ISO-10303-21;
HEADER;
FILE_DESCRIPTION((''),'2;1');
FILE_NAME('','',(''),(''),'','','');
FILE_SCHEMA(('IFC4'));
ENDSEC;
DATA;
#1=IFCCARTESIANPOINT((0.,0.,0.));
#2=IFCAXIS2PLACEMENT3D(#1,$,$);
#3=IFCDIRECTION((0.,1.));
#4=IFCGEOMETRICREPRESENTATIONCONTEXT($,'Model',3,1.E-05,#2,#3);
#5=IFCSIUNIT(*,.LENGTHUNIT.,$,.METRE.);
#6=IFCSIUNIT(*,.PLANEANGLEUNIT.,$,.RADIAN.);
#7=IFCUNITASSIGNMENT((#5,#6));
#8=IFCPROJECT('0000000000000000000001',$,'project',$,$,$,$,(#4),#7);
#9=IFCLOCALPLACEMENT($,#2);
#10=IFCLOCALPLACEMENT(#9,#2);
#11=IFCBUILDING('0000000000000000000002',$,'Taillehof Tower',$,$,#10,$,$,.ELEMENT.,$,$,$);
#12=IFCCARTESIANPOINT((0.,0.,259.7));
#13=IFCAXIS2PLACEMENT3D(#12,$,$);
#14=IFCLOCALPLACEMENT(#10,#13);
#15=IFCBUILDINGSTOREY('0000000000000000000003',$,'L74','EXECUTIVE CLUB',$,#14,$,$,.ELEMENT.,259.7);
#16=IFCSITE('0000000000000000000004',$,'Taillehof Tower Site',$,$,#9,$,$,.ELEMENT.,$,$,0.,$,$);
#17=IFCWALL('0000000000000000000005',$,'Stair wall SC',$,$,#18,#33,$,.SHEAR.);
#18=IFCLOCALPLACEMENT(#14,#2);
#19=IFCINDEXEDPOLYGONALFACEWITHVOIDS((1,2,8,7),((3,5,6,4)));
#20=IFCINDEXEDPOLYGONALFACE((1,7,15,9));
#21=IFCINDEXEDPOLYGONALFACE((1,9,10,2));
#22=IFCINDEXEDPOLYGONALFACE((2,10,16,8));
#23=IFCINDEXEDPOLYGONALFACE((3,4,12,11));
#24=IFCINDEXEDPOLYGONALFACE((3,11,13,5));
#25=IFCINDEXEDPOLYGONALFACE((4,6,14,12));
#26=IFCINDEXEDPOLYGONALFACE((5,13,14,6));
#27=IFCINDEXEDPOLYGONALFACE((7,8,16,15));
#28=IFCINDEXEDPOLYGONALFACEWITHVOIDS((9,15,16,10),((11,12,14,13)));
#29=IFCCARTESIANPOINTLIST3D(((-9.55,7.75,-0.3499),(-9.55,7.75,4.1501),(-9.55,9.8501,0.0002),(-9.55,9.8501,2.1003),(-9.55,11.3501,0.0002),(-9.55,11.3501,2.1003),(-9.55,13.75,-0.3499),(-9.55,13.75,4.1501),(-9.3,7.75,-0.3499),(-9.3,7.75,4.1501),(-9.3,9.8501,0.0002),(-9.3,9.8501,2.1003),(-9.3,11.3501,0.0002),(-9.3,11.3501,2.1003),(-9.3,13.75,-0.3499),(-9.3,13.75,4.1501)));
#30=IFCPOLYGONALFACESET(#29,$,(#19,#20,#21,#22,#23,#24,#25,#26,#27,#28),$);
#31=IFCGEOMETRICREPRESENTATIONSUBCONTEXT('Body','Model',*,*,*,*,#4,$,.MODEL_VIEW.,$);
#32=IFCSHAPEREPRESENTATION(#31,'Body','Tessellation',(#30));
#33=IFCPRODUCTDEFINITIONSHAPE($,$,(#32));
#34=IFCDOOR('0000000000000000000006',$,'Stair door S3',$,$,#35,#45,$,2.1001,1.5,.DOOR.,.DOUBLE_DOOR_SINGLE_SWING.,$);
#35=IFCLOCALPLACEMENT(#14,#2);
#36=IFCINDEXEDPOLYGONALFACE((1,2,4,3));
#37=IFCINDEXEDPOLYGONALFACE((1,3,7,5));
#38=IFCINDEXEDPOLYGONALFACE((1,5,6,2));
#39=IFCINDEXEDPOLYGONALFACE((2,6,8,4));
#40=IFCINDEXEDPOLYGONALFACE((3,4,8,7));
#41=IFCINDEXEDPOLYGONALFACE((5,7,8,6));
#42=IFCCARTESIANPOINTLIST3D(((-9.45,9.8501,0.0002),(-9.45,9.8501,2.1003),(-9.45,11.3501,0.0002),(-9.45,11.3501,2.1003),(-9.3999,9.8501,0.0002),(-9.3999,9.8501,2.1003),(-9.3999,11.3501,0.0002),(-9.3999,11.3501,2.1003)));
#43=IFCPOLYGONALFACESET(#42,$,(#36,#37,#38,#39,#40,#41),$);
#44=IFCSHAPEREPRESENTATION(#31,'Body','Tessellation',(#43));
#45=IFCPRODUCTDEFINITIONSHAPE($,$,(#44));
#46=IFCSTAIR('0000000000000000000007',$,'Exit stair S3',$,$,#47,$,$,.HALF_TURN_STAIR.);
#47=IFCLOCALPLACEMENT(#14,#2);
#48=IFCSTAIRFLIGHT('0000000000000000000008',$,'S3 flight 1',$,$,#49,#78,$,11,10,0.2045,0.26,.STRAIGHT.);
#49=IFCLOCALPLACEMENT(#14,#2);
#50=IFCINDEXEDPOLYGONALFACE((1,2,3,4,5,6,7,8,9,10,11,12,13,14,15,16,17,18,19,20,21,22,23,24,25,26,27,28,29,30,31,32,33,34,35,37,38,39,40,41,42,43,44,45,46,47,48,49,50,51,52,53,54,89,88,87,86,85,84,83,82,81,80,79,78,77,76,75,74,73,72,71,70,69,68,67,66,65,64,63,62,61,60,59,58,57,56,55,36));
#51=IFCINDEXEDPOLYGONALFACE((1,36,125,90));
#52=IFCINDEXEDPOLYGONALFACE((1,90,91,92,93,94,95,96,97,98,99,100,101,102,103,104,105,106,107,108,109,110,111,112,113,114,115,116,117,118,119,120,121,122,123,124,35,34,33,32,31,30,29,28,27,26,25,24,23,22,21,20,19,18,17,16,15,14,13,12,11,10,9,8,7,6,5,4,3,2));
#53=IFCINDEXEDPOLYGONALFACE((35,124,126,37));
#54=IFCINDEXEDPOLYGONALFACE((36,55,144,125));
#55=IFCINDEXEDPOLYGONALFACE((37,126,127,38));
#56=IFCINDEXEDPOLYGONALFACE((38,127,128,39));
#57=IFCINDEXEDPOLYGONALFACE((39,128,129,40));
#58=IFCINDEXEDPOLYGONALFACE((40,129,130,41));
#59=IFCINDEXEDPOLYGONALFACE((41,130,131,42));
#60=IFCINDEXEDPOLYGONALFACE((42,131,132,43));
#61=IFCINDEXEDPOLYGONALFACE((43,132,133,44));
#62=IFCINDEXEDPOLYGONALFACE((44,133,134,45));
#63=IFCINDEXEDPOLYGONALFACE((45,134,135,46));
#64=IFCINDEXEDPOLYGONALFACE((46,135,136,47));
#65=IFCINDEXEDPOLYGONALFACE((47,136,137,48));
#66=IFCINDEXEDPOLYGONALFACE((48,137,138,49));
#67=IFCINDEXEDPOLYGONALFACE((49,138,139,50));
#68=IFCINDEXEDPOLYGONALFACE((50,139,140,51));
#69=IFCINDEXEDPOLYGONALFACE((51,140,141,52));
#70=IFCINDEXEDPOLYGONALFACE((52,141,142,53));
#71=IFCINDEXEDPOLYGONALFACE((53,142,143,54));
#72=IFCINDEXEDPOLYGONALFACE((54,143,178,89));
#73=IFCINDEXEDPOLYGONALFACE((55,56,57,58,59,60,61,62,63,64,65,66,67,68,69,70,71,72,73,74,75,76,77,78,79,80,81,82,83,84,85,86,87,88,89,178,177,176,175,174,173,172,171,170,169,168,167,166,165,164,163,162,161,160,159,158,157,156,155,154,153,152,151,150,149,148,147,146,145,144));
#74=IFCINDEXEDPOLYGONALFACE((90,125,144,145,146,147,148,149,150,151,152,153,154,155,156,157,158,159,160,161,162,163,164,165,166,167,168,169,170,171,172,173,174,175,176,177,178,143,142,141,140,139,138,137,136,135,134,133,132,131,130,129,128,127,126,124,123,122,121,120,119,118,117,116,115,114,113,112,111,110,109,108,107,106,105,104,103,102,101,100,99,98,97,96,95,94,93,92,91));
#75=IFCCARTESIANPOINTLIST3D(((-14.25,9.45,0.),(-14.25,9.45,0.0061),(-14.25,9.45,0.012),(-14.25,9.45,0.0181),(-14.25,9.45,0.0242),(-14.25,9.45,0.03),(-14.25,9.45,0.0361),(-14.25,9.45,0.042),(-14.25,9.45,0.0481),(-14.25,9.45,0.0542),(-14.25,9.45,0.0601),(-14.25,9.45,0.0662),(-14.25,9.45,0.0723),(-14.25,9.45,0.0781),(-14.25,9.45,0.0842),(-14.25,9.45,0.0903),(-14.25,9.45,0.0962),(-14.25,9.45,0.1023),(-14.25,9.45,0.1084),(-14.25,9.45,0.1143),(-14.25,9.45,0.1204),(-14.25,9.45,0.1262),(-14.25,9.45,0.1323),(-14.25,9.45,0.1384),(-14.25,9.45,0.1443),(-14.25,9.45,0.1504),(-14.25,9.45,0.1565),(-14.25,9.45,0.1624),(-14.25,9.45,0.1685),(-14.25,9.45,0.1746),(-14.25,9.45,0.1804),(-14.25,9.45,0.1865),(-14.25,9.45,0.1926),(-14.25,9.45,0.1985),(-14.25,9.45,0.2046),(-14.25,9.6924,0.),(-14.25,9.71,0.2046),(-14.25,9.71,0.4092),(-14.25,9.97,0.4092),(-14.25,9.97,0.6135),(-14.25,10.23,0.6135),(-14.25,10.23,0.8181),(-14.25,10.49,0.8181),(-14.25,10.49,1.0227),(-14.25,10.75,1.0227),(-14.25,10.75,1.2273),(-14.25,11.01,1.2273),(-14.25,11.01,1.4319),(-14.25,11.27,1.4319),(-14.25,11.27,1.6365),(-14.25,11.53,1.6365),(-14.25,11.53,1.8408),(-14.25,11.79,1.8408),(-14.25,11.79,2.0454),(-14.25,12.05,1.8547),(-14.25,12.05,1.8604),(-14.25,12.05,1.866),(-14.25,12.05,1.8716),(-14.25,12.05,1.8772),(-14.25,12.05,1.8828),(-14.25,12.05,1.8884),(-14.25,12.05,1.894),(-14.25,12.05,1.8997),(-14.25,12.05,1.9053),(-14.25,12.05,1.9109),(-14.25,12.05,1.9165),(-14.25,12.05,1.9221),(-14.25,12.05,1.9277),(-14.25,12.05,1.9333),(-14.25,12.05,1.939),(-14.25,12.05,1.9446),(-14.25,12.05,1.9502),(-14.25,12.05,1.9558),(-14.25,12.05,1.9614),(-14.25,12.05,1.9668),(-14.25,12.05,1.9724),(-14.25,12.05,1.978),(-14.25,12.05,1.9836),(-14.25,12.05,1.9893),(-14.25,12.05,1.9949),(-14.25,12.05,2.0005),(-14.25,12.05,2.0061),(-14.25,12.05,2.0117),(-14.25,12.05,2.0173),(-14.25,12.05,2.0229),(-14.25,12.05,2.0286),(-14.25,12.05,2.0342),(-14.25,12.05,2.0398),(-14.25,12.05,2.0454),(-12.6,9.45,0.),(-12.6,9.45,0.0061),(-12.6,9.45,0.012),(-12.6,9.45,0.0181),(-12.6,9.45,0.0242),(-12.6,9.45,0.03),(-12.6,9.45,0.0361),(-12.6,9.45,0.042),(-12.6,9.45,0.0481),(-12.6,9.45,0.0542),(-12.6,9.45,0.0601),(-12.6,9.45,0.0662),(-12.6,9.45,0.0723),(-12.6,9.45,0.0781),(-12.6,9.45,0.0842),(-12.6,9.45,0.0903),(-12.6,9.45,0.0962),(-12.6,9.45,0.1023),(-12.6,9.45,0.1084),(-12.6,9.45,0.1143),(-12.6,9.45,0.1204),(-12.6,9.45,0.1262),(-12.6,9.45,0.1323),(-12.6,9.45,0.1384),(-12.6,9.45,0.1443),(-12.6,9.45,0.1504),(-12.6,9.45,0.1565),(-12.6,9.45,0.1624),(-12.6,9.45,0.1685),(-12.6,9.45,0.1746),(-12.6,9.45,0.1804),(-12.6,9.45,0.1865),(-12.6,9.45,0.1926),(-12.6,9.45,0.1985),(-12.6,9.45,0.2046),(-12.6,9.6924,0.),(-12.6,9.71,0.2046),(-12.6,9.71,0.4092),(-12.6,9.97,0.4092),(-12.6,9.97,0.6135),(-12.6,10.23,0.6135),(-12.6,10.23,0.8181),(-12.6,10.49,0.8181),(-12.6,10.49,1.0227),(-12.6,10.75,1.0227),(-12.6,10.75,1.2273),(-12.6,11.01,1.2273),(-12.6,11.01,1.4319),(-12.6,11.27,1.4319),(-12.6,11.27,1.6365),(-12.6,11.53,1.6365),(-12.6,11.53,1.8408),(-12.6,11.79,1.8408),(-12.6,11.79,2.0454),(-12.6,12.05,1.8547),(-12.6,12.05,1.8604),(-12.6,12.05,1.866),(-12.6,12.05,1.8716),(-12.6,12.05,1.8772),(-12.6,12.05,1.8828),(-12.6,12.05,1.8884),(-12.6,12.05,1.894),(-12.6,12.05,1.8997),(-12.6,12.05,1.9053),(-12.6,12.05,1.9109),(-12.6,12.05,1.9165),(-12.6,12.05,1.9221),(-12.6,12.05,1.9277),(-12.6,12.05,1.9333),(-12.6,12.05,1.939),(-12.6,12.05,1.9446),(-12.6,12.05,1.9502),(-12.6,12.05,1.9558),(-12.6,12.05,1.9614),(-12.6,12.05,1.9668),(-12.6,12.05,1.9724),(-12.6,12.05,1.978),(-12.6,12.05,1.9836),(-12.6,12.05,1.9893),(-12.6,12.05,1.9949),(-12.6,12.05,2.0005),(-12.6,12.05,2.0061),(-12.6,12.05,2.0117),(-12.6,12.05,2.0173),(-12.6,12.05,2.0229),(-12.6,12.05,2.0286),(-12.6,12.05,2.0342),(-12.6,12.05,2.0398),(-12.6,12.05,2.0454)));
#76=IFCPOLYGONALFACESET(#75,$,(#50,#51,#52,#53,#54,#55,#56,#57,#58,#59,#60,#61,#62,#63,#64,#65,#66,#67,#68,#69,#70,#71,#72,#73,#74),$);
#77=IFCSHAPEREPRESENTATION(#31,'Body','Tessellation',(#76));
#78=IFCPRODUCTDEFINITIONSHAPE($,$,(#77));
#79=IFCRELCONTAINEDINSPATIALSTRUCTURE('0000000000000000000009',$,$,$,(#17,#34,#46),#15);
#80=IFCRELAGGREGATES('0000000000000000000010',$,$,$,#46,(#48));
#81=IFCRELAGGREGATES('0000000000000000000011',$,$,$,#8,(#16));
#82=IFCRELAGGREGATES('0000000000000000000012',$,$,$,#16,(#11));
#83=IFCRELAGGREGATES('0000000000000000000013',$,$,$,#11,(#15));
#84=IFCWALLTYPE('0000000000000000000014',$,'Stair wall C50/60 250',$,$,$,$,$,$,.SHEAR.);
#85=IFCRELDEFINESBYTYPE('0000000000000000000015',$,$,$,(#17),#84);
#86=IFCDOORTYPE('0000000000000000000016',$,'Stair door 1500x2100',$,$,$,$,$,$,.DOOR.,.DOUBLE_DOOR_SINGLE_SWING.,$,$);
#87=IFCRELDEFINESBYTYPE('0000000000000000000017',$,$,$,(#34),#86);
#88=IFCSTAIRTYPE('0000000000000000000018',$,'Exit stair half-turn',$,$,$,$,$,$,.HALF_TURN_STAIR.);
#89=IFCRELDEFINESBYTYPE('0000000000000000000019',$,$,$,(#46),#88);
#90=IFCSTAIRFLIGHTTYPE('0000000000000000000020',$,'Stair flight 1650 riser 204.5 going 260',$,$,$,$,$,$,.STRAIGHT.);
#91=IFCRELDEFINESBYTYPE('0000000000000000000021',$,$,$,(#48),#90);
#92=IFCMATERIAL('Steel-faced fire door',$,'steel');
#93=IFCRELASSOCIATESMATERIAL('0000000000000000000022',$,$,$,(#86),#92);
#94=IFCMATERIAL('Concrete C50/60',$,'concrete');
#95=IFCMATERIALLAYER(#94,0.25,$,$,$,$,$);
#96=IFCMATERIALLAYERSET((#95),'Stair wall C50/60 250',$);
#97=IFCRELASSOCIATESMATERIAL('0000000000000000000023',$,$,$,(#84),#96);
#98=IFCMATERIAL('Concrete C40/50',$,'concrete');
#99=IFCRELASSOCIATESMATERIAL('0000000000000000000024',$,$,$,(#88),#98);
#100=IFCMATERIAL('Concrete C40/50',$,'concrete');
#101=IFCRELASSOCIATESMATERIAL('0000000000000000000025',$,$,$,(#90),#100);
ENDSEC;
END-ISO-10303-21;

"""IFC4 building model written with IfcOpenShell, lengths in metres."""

from ifc_helpers import new_model, si_unit, direction, frame, frame_2d, origin, place, context, subcontext, project, spatial, polyline, rectangle, outline, extrude, material, layer, layer_set, type_object, element, fill, aggregate, save


model = new_model("IFC4")

# Units and contexts
model_context = context("Model", 3, precision=1e-05, world=origin(), true_north=direction((0.0, 1.0)))
body_context = subcontext(model_context, "Body", "Model", "MODEL_VIEW")
ifc_project = project(units=[si_unit("LENGTHUNIT", "METRE"), si_unit("PLANEANGLEUNIT", "RADIAN")], contexts=[model_context])

# Site, building, storey
site_placement = place(None, origin())
site = spatial("IfcSite", under=ifc_project, at=site_placement, Name="Taillehof Tower Site", CompositionType="ELEMENT", RefElevation=0.0)
building_placement = place(site_placement, origin())
building = spatial("IfcBuilding", under=site, at=building_placement, Name="Taillehof Tower", CompositionType="ELEMENT")
storey_placement = place(building_placement, frame((0.0, 0.0, 259.7)))
storey = spatial("IfcBuildingStorey", under=building, at=storey_placement, Name="L74", Description="EXECUTIVE CLUB", CompositionType="ELEMENT", Elevation=259.7)

# Wall, opening, door
ifc_material_1 = material(Name="Steel-faced fire door", Category="steel")
door_type_1 = type_object("IfcDoorType", Name="Stair door 1500x2100", OperationType="DOUBLE_DOOR_SINGLE_SWING", PredefinedType="DOOR", material=ifc_material_1)
ifc_material_2 = material(Name="Concrete C50/60", Category="concrete")
ifc_layer_1 = layer(ifc_material_2, 0.25)
ifc_layer_set_1 = layer_set([ifc_layer_1], Name="Stair wall C50/60 250")
wall_type_1 = type_object("IfcWallType", Name="Stair wall C50/60 250", PredefinedType="SHEAR", material=ifc_layer_set_1)
wall_1_placement = place(storey_placement, frame((-9.425, 7.75, -0.3499), z_axis=(0.0, 0.0, 1.0), x_axis=(0.0, 1.0, 0.0)))
wall_1 = element("IfcWall", 1, at=wall_1_placement, inside=storey, type_object=wall_type_1, Name="Stair wall SC", PredefinedType="SHEAR", context=body_context, shape_type="SweptSolid", body=[
    extrude(rectangle(XDim=6.0, YDim=0.25, at=frame_2d((3.0, 0.0))), origin(), (0.0, 0.0, 1.0), 4.5),
])
opening_1_placement = place(wall_1_placement, frame((2.1001, 0.0, 0.3501)))
opening_1 = element("IfcOpeningElement", 2, at=opening_1_placement, cuts=wall_1, PredefinedType="OPENING", context=body_context, shape_type="SweptSolid", body=[
    extrude(rectangle(XDim=1.5, YDim=2.1001, at=frame_2d((0.75, 1.05))), frame((0.0, 0.135, 0.0), z_axis=(0.0, -1.0, 0.0), x_axis=(1.0, 0.0, 0.0)), (0.0, 0.0, 1.0), 0.27),
])
door_1_placement = place(opening_1_placement, origin())
door_1 = element("IfcDoor", 3, at=door_1_placement, inside=storey, type_object=door_type_1, Name="Stair door S3", OperationType="DOUBLE_DOOR_SINGLE_SWING", OverallHeight=2.1001, OverallWidth=1.5, PredefinedType="DOOR", context=body_context, shape_type="SweptSolid", body=[
    extrude(rectangle(XDim=1.5, YDim=2.1001, at=frame_2d((0.75, 1.05))), frame((0.0, 0.0249, 0.0), z_axis=(0.0, -1.0, 0.0), x_axis=(1.0, 0.0, 0.0)), (0.0, 0.0, 1.0), 0.05),
])
fill(opening_1, door_1)

# Stair, stair flight
ifc_material_3 = material(Name="Concrete C40/50", Category="concrete")
stair_type = type_object("IfcStairType", Name="Exit stair half-turn", PredefinedType="HALF_TURN_STAIR", material=ifc_material_3)
stair_placement = place(storey_placement, origin())
stair = element("IfcStair", 4, at=stair_placement, inside=storey, type_object=stair_type, Name="Exit stair S3", PredefinedType="HALF_TURN_STAIR")
ifc_material_4 = material(Name="Concrete C40/50", Category="concrete")
stair_flight_type = type_object("IfcStairFlightType", Name="Stair flight 1650 riser 204.5 going 260", PredefinedType="STRAIGHT", material=ifc_material_4)
stair_flight_1_placement = place(storey_placement, frame((-13.425, 9.45, 0.0), z_axis=(0.0, 0.0, 1.0), x_axis=(0.0, 1.0, 0.0)))
stair_flight_1 = element("IfcStairFlight", 5, at=stair_flight_1_placement, type_object=stair_flight_type, Name="S3 flight 1", NumberOfRisers=11, NumberOfTreads=10, PredefinedType="STRAIGHT", RiserHeight=0.2045, TreadLength=0.26, context=body_context, shape_type="SweptSolid", body=[
    extrude(outline(polyline([(0.0, 0.0), (0.0, 0.0061), (0.0, 0.012), (0.0, 0.0181), (0.0, 0.0242), (0.0, 0.03), (0.0, 0.0361), (0.0, 0.042), (0.0, 0.0481), (0.0, 0.0542), (0.0, 0.0601), (0.0, 0.0662), (0.0, 0.0723), (0.0, 0.0781), (0.0, 0.0842), (0.0, 0.0903), (0.0, 0.0962), (0.0, 0.1023), (0.0, 0.1084), (0.0, 0.1143), (0.0, 0.1204), (0.0, 0.1262), (0.0, 0.1323), (0.0, 0.1384), (0.0, 0.1443), (0.0, 0.1504), (0.0, 0.1565), (0.0, 0.1624), (0.0, 0.1685), (0.0, 0.1746), (0.0, 0.1804), (0.0, 0.1865), (0.0, 0.1926), (0.0, 0.1985), (0.0, 0.2046), (0.26, 0.2046), (0.26, 0.4092), (0.52, 0.4092), (0.52, 0.6135), (0.78, 0.6135), (0.78, 0.8181), (1.04, 0.8181), (1.04, 1.0227), (1.3, 1.0227), (1.3, 1.2273), (1.5601, 1.2273), (1.5601, 1.4319), (1.8201, 1.4319), (1.8201, 1.6365), (2.0801, 1.6365), (2.0801, 1.8408), (2.3401, 1.8408), (2.3401, 2.0454), (2.6001, 2.0454), (2.6001, 2.0398), (2.6001, 2.0342), (2.6001, 2.0286), (2.6001, 2.0229), (2.6001, 2.0173), (2.6001, 2.0117), (2.6001, 2.0061), (2.6001, 2.0005), (2.6001, 1.9949), (2.6001, 1.9893), (2.6001, 1.9836), (2.6001, 1.978), (2.6001, 1.9724), (2.6001, 1.9668), (2.6001, 1.9614), (2.6001, 1.9558), (2.6001, 1.9502), (2.6001, 1.9446), (2.6001, 1.939), (2.6001, 1.9333), (2.6001, 1.9277), (2.6001, 1.9221), (2.6001, 1.9165), (2.6001, 1.9109), (2.6001, 1.9053), (2.6001, 1.8997), (2.6001, 1.894), (2.6001, 1.8884), (2.6001, 1.8828), (2.6001, 1.8772), (2.6001, 1.8716), (2.6001, 1.866), (2.6001, 1.8604), (2.6001, 1.8547), (0.2424, 0.0), (0.0, 0.0)])), frame((0.0, 0.825, 0.0), z_axis=(0.0, -1.0, 0.0), x_axis=(1.0, 0.0, 0.0)), (0.0, 0.0, 1.0), 1.65),
])
aggregate(stair, [stair_flight_1])

save(model, "model.ifc")
